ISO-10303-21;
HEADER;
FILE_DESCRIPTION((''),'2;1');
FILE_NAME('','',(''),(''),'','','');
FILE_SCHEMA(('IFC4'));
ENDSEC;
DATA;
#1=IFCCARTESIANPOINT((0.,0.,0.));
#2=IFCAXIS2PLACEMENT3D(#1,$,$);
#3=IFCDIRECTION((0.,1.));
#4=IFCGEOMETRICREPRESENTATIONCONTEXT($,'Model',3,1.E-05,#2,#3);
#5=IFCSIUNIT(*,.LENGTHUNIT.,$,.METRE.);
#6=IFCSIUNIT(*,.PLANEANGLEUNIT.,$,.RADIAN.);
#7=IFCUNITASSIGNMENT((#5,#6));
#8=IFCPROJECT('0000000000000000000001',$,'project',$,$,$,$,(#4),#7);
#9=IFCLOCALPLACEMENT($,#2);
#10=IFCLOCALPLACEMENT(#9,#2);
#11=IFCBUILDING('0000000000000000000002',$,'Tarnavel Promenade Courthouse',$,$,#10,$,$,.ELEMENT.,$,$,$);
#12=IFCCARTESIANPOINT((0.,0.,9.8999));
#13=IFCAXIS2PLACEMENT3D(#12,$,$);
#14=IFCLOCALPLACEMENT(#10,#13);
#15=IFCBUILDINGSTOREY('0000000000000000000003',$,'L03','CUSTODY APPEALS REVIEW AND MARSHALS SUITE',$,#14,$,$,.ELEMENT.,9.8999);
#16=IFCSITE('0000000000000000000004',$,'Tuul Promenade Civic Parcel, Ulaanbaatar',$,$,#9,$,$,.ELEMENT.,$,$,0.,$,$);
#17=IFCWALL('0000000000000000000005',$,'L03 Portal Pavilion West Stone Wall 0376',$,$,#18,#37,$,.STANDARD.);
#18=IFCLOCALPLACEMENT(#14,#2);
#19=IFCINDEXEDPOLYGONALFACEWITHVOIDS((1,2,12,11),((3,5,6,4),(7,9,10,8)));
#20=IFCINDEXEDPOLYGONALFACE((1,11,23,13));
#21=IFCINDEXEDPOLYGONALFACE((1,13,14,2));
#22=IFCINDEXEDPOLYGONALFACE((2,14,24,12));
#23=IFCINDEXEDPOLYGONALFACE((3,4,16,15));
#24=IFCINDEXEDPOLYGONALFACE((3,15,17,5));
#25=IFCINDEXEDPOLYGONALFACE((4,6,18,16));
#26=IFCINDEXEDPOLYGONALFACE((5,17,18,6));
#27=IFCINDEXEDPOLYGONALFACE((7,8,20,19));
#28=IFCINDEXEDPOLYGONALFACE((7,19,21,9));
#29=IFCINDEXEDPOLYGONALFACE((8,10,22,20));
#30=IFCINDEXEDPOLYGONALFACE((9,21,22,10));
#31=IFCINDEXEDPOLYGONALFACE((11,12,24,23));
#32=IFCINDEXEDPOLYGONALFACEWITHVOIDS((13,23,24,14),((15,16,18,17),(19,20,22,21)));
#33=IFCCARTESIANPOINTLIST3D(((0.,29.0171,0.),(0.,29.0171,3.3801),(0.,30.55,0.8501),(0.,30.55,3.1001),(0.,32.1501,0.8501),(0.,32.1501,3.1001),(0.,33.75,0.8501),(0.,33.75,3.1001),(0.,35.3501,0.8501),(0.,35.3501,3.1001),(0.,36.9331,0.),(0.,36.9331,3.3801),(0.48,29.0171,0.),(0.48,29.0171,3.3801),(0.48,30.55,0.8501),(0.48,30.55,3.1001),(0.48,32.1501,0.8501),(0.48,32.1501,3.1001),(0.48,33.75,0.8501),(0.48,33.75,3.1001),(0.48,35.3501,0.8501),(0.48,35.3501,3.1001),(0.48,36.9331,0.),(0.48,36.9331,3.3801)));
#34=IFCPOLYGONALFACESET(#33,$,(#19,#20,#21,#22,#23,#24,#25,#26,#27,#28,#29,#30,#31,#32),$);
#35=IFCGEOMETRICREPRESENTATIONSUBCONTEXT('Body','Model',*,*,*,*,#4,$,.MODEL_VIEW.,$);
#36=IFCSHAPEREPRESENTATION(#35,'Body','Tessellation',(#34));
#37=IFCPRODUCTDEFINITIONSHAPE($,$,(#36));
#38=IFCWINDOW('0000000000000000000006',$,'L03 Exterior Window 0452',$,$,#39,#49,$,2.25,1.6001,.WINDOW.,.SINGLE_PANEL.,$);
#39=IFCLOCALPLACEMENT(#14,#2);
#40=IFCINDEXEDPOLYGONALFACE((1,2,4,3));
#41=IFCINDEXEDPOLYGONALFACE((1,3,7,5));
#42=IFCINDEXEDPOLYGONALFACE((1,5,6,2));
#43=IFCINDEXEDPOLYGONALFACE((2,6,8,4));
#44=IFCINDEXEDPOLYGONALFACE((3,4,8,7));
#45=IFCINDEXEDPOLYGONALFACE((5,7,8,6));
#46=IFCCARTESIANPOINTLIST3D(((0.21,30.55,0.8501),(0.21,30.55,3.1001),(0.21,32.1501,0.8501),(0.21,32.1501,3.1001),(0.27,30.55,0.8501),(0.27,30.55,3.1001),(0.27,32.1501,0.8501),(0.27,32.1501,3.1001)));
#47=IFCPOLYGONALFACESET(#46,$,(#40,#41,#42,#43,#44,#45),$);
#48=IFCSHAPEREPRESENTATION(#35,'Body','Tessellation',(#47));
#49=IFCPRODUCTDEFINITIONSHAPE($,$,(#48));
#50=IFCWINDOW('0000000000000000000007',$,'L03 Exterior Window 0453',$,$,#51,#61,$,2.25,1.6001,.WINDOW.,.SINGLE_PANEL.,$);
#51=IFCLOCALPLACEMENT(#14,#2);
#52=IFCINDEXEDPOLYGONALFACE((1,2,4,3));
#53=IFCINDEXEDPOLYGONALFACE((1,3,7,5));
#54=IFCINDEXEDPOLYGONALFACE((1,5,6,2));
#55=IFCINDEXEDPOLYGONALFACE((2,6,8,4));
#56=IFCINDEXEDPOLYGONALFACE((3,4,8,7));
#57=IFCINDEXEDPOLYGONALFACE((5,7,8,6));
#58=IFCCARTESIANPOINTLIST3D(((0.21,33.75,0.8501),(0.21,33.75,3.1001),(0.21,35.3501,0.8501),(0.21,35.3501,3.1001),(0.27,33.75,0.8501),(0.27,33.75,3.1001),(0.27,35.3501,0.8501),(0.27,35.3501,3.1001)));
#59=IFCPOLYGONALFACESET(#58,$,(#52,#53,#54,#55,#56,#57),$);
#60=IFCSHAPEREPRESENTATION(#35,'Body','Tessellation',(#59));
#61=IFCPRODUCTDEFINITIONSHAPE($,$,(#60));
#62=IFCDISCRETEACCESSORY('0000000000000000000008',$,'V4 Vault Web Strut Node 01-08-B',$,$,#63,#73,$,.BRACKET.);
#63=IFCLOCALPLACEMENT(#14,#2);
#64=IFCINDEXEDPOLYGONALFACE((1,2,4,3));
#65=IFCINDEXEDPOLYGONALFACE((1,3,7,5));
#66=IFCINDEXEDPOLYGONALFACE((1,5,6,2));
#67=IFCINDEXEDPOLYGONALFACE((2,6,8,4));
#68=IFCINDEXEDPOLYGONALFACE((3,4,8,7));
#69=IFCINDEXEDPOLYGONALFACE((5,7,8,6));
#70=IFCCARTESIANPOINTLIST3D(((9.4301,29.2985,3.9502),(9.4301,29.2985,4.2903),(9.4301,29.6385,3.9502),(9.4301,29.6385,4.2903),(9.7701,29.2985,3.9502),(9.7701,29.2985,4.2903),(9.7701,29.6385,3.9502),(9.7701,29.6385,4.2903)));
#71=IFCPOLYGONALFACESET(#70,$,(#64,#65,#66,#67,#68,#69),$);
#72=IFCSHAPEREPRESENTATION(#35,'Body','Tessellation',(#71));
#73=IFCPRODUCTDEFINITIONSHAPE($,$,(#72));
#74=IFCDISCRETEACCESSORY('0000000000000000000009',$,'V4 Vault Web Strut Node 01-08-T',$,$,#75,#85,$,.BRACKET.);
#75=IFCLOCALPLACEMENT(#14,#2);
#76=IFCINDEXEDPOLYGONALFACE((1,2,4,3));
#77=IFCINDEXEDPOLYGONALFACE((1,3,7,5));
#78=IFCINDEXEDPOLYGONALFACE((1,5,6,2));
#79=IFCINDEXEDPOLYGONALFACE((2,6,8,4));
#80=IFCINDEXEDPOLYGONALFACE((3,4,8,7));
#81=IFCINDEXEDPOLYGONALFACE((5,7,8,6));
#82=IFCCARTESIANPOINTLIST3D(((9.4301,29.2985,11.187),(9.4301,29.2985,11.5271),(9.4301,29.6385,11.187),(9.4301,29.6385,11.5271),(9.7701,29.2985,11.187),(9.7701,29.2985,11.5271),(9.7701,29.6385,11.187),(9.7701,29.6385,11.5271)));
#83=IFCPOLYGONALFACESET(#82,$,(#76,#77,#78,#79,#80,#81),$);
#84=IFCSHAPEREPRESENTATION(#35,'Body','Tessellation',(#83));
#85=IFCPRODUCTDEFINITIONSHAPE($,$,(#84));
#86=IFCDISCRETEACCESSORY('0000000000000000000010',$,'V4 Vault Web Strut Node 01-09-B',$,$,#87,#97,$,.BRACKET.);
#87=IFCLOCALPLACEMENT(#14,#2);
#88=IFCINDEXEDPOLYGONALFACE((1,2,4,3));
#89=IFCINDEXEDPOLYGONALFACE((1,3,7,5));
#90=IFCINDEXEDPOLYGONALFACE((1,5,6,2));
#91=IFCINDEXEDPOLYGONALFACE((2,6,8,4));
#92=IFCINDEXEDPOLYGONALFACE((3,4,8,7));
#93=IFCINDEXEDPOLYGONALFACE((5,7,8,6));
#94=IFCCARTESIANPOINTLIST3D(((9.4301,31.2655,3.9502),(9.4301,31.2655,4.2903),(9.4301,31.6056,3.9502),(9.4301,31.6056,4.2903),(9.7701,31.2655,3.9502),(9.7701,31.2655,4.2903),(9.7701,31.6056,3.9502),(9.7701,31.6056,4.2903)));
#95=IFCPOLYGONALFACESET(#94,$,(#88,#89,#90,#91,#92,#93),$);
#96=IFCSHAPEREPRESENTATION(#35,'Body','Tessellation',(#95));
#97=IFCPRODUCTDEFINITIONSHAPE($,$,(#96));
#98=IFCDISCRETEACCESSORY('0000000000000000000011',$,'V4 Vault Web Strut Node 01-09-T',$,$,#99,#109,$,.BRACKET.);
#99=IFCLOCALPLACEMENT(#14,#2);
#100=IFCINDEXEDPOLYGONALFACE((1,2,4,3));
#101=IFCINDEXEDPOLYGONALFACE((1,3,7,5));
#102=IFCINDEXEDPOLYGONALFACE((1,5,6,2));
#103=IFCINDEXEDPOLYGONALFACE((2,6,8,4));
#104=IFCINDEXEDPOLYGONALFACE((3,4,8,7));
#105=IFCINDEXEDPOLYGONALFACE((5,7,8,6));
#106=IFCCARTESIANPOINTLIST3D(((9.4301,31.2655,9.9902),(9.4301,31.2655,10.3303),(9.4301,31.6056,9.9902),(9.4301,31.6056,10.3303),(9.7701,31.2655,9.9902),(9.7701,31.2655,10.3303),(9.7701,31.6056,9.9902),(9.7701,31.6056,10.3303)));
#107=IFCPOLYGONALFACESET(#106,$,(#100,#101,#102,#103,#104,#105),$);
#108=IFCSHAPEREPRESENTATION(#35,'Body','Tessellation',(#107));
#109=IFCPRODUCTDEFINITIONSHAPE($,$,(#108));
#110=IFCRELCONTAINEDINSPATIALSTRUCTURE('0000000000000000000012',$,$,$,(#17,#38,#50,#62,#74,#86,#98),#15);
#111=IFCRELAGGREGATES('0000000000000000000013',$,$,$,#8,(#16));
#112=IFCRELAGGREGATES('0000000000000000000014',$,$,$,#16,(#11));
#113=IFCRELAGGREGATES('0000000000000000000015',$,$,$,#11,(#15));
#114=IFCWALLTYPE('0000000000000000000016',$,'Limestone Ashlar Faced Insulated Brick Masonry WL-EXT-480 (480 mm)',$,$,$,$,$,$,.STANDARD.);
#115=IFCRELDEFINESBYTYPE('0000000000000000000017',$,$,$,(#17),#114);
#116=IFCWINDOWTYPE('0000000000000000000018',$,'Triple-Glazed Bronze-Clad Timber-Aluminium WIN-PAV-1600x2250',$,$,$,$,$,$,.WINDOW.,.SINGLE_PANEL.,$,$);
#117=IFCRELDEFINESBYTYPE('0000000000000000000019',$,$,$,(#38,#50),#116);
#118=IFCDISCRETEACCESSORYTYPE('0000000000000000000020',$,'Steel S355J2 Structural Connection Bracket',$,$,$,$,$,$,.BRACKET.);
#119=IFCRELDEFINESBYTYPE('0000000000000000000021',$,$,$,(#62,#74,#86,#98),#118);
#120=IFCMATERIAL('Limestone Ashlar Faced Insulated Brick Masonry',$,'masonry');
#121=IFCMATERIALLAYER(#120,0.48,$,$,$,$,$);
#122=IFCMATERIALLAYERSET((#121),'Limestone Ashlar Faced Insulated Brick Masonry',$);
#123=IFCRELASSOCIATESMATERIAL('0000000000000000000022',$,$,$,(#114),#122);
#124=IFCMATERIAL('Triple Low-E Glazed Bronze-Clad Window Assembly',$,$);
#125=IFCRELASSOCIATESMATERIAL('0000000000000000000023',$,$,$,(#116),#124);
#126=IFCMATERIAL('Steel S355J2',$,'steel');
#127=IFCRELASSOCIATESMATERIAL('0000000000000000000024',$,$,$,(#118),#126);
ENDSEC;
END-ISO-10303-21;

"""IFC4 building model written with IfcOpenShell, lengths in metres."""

from ifc_helpers import new_model, si_unit, direction, frame, frame_2d, origin, origin_2d, place, context, subcontext, project, spatial, rectangle, extrude, material, layer, layer_set, type_object, element, fill, save


model = new_model("IFC4")

# Units and contexts
model_context = context("Model", 3, precision=1e-05, world=origin(), true_north=direction((0.0, 1.0)))
body_context = subcontext(model_context, "Body", "Model", "MODEL_VIEW")
ifc_project = project(units=[si_unit("LENGTHUNIT", "METRE"), si_unit("PLANEANGLEUNIT", "RADIAN")], contexts=[model_context])

# Site, building, storey
site_placement = place(None, origin())
site = spatial("IfcSite", under=ifc_project, at=site_placement, Name="Tuul Promenade Civic Parcel, Ulaanbaatar", CompositionType="ELEMENT", RefElevation=0.0)
building_placement = place(site_placement, origin())
building = spatial("IfcBuilding", under=site, at=building_placement, Name="Tarnavel Promenade Courthouse", CompositionType="ELEMENT")
storey_placement = place(building_placement, frame((0.0, 0.0, 9.8999)))
storey = spatial("IfcBuildingStorey", under=building, at=storey_placement, Name="L03", Description="CUSTODY APPEALS REVIEW AND MARSHALS SUITE", CompositionType="ELEMENT", Elevation=9.8999)

# Shared definitions
ifc_material_1 = material(Name="Steel S355J2", Category="steel")

# Wall, openings, windows
ifc_material_2 = material(Name="Limestone Ashlar Faced Insulated Brick Masonry", Category="masonry")
ifc_layer_1 = layer(ifc_material_2, 0.48)
ifc_layer_set_1 = layer_set([ifc_layer_1], Name="Limestone Ashlar Faced Insulated Brick Masonry")
wall_type = type_object("IfcWallType", Name="Limestone Ashlar Faced Insulated Brick Masonry WL-EXT-480 (480 mm)", PredefinedType="STANDARD", material=ifc_layer_set_1)
wall_placement = place(storey_placement, frame((0.24, 29.0171, 0.0), z_axis=(0.0, 0.0, 1.0), x_axis=(0.0, 1.0, 0.0)))
wall = element("IfcWall", 1, at=wall_placement, inside=storey, type_object=wall_type, Name="L03 Portal Pavilion West Stone Wall 0376", PredefinedType="STANDARD", context=body_context, shape_type="SweptSolid", body=[
    extrude(rectangle(XDim=7.916, YDim=0.48, at=frame_2d((3.958, 0.0))), origin(), (0.0, 0.0, 1.0), 3.3801),
])
opening_1_placement = place(wall_placement, frame((1.533, 0.0, 0.8501)))
opening_1 = element("IfcOpeningElement", 2, at=opening_1_placement, cuts=wall, PredefinedType="OPENING", context=body_context, shape_type="SweptSolid", body=[
    extrude(rectangle(XDim=1.6001, YDim=2.25, at=frame_2d((0.8, 1.125))), frame((0.0, 0.25, 0.0), z_axis=(0.0, -1.0, 0.0), x_axis=(1.0, 0.0, 0.0)), (0.0, 0.0, 1.0), 0.5),
])
opening_2_placement = place(wall_placement, frame((4.7329, 0.0, 0.8501)))
opening_2 = element("IfcOpeningElement", 3, at=opening_2_placement, cuts=wall, PredefinedType="OPENING", context=body_context, shape_type="SweptSolid", body=[
    extrude(rectangle(XDim=1.6001, YDim=2.25, at=frame_2d((0.8, 1.125))), frame((0.0, 0.25, 0.0), z_axis=(0.0, -1.0, 0.0), x_axis=(1.0, 0.0, 0.0)), (0.0, 0.0, 1.0), 0.5),
])
ifc_material_3 = material(Name="Triple Low-E Glazed Bronze-Clad Window Assembly")
window_type = type_object("IfcWindowType", Name="Triple-Glazed Bronze-Clad Timber-Aluminium WIN-PAV-1600x2250", PartitioningType="SINGLE_PANEL", PredefinedType="WINDOW", material=ifc_material_3)
window_1_placement = place(opening_1_placement, origin())
window_1 = element("IfcWindow", 4, at=window_1_placement, inside=storey, type_object=window_type, Name="L03 Exterior Window 0452", OverallHeight=2.25, OverallWidth=1.6001, PartitioningType="SINGLE_PANEL", PredefinedType="WINDOW", context=body_context, shape_type="SweptSolid", body=[
    extrude(rectangle(XDim=1.6001, YDim=2.25, at=frame_2d((0.8, 1.125))), frame((0.0, 0.03, 0.0), z_axis=(0.0, -1.0, 0.0), x_axis=(1.0, 0.0, 0.0)), (0.0, 0.0, 1.0), 0.0601),
])
fill(opening_1, window_1)
window_2_placement = place(opening_2_placement, origin())
window_2 = element("IfcWindow", 5, at=window_2_placement, inside=storey, type_object=window_type, Name="L03 Exterior Window 0453", OverallHeight=2.25, OverallWidth=1.6001, PartitioningType="SINGLE_PANEL", PredefinedType="WINDOW", context=body_context, shape_type="SweptSolid", body=[
    extrude(rectangle(XDim=1.6001, YDim=2.25, at=frame_2d((0.8, 1.125))), frame((0.0, 0.03, 0.0), z_axis=(0.0, -1.0, 0.0), x_axis=(1.0, 0.0, 0.0)), (0.0, 0.0, 1.0), 0.0601),
])
fill(opening_2, window_2)

# Discrete accessories
discrete_accessory_type = type_object("IfcDiscreteAccessoryType", Name="Steel S355J2 Structural Connection Bracket", PredefinedType="BRACKET", material=ifc_material_1)
for number, where, z_axis, x_axis, name in (
    (6, (9.6001, 29.4685, 3.9502), (0.0, 0.0, 1.0), (1.0, 0.0, 0.0), "V4 Vault Web Strut Node 01-08-B"),
    (7, (9.6001, 29.4685, 11.187), (0.0, 0.0, 1.0), (1.0, 0.0, 0.0), "V4 Vault Web Strut Node 01-08-T"),
    (8, (9.6001, 31.4355, 3.9502), (0.0, 0.0, 1.0), (1.0, 0.0, 0.0), "V4 Vault Web Strut Node 01-09-B"),
    (9, (9.6001, 31.4355, 9.9902), (0.0, 0.0, 1.0), (1.0, 0.0, 0.0), "V4 Vault Web Strut Node 01-09-T"),
):
    element("IfcDiscreteAccessory", number, at=place(storey_placement, frame(where, z_axis=z_axis, x_axis=x_axis)), inside=storey, type_object=discrete_accessory_type, Name=name, PredefinedType="BRACKET", context=body_context, shape_type="SweptSolid", body=[
        extrude(rectangle(XDim=0.3401, YDim=0.3401, at=origin_2d()), origin(), (0.0, 0.0, 1.0), 0.3401),
    ])

save(model, "model.ifc")
